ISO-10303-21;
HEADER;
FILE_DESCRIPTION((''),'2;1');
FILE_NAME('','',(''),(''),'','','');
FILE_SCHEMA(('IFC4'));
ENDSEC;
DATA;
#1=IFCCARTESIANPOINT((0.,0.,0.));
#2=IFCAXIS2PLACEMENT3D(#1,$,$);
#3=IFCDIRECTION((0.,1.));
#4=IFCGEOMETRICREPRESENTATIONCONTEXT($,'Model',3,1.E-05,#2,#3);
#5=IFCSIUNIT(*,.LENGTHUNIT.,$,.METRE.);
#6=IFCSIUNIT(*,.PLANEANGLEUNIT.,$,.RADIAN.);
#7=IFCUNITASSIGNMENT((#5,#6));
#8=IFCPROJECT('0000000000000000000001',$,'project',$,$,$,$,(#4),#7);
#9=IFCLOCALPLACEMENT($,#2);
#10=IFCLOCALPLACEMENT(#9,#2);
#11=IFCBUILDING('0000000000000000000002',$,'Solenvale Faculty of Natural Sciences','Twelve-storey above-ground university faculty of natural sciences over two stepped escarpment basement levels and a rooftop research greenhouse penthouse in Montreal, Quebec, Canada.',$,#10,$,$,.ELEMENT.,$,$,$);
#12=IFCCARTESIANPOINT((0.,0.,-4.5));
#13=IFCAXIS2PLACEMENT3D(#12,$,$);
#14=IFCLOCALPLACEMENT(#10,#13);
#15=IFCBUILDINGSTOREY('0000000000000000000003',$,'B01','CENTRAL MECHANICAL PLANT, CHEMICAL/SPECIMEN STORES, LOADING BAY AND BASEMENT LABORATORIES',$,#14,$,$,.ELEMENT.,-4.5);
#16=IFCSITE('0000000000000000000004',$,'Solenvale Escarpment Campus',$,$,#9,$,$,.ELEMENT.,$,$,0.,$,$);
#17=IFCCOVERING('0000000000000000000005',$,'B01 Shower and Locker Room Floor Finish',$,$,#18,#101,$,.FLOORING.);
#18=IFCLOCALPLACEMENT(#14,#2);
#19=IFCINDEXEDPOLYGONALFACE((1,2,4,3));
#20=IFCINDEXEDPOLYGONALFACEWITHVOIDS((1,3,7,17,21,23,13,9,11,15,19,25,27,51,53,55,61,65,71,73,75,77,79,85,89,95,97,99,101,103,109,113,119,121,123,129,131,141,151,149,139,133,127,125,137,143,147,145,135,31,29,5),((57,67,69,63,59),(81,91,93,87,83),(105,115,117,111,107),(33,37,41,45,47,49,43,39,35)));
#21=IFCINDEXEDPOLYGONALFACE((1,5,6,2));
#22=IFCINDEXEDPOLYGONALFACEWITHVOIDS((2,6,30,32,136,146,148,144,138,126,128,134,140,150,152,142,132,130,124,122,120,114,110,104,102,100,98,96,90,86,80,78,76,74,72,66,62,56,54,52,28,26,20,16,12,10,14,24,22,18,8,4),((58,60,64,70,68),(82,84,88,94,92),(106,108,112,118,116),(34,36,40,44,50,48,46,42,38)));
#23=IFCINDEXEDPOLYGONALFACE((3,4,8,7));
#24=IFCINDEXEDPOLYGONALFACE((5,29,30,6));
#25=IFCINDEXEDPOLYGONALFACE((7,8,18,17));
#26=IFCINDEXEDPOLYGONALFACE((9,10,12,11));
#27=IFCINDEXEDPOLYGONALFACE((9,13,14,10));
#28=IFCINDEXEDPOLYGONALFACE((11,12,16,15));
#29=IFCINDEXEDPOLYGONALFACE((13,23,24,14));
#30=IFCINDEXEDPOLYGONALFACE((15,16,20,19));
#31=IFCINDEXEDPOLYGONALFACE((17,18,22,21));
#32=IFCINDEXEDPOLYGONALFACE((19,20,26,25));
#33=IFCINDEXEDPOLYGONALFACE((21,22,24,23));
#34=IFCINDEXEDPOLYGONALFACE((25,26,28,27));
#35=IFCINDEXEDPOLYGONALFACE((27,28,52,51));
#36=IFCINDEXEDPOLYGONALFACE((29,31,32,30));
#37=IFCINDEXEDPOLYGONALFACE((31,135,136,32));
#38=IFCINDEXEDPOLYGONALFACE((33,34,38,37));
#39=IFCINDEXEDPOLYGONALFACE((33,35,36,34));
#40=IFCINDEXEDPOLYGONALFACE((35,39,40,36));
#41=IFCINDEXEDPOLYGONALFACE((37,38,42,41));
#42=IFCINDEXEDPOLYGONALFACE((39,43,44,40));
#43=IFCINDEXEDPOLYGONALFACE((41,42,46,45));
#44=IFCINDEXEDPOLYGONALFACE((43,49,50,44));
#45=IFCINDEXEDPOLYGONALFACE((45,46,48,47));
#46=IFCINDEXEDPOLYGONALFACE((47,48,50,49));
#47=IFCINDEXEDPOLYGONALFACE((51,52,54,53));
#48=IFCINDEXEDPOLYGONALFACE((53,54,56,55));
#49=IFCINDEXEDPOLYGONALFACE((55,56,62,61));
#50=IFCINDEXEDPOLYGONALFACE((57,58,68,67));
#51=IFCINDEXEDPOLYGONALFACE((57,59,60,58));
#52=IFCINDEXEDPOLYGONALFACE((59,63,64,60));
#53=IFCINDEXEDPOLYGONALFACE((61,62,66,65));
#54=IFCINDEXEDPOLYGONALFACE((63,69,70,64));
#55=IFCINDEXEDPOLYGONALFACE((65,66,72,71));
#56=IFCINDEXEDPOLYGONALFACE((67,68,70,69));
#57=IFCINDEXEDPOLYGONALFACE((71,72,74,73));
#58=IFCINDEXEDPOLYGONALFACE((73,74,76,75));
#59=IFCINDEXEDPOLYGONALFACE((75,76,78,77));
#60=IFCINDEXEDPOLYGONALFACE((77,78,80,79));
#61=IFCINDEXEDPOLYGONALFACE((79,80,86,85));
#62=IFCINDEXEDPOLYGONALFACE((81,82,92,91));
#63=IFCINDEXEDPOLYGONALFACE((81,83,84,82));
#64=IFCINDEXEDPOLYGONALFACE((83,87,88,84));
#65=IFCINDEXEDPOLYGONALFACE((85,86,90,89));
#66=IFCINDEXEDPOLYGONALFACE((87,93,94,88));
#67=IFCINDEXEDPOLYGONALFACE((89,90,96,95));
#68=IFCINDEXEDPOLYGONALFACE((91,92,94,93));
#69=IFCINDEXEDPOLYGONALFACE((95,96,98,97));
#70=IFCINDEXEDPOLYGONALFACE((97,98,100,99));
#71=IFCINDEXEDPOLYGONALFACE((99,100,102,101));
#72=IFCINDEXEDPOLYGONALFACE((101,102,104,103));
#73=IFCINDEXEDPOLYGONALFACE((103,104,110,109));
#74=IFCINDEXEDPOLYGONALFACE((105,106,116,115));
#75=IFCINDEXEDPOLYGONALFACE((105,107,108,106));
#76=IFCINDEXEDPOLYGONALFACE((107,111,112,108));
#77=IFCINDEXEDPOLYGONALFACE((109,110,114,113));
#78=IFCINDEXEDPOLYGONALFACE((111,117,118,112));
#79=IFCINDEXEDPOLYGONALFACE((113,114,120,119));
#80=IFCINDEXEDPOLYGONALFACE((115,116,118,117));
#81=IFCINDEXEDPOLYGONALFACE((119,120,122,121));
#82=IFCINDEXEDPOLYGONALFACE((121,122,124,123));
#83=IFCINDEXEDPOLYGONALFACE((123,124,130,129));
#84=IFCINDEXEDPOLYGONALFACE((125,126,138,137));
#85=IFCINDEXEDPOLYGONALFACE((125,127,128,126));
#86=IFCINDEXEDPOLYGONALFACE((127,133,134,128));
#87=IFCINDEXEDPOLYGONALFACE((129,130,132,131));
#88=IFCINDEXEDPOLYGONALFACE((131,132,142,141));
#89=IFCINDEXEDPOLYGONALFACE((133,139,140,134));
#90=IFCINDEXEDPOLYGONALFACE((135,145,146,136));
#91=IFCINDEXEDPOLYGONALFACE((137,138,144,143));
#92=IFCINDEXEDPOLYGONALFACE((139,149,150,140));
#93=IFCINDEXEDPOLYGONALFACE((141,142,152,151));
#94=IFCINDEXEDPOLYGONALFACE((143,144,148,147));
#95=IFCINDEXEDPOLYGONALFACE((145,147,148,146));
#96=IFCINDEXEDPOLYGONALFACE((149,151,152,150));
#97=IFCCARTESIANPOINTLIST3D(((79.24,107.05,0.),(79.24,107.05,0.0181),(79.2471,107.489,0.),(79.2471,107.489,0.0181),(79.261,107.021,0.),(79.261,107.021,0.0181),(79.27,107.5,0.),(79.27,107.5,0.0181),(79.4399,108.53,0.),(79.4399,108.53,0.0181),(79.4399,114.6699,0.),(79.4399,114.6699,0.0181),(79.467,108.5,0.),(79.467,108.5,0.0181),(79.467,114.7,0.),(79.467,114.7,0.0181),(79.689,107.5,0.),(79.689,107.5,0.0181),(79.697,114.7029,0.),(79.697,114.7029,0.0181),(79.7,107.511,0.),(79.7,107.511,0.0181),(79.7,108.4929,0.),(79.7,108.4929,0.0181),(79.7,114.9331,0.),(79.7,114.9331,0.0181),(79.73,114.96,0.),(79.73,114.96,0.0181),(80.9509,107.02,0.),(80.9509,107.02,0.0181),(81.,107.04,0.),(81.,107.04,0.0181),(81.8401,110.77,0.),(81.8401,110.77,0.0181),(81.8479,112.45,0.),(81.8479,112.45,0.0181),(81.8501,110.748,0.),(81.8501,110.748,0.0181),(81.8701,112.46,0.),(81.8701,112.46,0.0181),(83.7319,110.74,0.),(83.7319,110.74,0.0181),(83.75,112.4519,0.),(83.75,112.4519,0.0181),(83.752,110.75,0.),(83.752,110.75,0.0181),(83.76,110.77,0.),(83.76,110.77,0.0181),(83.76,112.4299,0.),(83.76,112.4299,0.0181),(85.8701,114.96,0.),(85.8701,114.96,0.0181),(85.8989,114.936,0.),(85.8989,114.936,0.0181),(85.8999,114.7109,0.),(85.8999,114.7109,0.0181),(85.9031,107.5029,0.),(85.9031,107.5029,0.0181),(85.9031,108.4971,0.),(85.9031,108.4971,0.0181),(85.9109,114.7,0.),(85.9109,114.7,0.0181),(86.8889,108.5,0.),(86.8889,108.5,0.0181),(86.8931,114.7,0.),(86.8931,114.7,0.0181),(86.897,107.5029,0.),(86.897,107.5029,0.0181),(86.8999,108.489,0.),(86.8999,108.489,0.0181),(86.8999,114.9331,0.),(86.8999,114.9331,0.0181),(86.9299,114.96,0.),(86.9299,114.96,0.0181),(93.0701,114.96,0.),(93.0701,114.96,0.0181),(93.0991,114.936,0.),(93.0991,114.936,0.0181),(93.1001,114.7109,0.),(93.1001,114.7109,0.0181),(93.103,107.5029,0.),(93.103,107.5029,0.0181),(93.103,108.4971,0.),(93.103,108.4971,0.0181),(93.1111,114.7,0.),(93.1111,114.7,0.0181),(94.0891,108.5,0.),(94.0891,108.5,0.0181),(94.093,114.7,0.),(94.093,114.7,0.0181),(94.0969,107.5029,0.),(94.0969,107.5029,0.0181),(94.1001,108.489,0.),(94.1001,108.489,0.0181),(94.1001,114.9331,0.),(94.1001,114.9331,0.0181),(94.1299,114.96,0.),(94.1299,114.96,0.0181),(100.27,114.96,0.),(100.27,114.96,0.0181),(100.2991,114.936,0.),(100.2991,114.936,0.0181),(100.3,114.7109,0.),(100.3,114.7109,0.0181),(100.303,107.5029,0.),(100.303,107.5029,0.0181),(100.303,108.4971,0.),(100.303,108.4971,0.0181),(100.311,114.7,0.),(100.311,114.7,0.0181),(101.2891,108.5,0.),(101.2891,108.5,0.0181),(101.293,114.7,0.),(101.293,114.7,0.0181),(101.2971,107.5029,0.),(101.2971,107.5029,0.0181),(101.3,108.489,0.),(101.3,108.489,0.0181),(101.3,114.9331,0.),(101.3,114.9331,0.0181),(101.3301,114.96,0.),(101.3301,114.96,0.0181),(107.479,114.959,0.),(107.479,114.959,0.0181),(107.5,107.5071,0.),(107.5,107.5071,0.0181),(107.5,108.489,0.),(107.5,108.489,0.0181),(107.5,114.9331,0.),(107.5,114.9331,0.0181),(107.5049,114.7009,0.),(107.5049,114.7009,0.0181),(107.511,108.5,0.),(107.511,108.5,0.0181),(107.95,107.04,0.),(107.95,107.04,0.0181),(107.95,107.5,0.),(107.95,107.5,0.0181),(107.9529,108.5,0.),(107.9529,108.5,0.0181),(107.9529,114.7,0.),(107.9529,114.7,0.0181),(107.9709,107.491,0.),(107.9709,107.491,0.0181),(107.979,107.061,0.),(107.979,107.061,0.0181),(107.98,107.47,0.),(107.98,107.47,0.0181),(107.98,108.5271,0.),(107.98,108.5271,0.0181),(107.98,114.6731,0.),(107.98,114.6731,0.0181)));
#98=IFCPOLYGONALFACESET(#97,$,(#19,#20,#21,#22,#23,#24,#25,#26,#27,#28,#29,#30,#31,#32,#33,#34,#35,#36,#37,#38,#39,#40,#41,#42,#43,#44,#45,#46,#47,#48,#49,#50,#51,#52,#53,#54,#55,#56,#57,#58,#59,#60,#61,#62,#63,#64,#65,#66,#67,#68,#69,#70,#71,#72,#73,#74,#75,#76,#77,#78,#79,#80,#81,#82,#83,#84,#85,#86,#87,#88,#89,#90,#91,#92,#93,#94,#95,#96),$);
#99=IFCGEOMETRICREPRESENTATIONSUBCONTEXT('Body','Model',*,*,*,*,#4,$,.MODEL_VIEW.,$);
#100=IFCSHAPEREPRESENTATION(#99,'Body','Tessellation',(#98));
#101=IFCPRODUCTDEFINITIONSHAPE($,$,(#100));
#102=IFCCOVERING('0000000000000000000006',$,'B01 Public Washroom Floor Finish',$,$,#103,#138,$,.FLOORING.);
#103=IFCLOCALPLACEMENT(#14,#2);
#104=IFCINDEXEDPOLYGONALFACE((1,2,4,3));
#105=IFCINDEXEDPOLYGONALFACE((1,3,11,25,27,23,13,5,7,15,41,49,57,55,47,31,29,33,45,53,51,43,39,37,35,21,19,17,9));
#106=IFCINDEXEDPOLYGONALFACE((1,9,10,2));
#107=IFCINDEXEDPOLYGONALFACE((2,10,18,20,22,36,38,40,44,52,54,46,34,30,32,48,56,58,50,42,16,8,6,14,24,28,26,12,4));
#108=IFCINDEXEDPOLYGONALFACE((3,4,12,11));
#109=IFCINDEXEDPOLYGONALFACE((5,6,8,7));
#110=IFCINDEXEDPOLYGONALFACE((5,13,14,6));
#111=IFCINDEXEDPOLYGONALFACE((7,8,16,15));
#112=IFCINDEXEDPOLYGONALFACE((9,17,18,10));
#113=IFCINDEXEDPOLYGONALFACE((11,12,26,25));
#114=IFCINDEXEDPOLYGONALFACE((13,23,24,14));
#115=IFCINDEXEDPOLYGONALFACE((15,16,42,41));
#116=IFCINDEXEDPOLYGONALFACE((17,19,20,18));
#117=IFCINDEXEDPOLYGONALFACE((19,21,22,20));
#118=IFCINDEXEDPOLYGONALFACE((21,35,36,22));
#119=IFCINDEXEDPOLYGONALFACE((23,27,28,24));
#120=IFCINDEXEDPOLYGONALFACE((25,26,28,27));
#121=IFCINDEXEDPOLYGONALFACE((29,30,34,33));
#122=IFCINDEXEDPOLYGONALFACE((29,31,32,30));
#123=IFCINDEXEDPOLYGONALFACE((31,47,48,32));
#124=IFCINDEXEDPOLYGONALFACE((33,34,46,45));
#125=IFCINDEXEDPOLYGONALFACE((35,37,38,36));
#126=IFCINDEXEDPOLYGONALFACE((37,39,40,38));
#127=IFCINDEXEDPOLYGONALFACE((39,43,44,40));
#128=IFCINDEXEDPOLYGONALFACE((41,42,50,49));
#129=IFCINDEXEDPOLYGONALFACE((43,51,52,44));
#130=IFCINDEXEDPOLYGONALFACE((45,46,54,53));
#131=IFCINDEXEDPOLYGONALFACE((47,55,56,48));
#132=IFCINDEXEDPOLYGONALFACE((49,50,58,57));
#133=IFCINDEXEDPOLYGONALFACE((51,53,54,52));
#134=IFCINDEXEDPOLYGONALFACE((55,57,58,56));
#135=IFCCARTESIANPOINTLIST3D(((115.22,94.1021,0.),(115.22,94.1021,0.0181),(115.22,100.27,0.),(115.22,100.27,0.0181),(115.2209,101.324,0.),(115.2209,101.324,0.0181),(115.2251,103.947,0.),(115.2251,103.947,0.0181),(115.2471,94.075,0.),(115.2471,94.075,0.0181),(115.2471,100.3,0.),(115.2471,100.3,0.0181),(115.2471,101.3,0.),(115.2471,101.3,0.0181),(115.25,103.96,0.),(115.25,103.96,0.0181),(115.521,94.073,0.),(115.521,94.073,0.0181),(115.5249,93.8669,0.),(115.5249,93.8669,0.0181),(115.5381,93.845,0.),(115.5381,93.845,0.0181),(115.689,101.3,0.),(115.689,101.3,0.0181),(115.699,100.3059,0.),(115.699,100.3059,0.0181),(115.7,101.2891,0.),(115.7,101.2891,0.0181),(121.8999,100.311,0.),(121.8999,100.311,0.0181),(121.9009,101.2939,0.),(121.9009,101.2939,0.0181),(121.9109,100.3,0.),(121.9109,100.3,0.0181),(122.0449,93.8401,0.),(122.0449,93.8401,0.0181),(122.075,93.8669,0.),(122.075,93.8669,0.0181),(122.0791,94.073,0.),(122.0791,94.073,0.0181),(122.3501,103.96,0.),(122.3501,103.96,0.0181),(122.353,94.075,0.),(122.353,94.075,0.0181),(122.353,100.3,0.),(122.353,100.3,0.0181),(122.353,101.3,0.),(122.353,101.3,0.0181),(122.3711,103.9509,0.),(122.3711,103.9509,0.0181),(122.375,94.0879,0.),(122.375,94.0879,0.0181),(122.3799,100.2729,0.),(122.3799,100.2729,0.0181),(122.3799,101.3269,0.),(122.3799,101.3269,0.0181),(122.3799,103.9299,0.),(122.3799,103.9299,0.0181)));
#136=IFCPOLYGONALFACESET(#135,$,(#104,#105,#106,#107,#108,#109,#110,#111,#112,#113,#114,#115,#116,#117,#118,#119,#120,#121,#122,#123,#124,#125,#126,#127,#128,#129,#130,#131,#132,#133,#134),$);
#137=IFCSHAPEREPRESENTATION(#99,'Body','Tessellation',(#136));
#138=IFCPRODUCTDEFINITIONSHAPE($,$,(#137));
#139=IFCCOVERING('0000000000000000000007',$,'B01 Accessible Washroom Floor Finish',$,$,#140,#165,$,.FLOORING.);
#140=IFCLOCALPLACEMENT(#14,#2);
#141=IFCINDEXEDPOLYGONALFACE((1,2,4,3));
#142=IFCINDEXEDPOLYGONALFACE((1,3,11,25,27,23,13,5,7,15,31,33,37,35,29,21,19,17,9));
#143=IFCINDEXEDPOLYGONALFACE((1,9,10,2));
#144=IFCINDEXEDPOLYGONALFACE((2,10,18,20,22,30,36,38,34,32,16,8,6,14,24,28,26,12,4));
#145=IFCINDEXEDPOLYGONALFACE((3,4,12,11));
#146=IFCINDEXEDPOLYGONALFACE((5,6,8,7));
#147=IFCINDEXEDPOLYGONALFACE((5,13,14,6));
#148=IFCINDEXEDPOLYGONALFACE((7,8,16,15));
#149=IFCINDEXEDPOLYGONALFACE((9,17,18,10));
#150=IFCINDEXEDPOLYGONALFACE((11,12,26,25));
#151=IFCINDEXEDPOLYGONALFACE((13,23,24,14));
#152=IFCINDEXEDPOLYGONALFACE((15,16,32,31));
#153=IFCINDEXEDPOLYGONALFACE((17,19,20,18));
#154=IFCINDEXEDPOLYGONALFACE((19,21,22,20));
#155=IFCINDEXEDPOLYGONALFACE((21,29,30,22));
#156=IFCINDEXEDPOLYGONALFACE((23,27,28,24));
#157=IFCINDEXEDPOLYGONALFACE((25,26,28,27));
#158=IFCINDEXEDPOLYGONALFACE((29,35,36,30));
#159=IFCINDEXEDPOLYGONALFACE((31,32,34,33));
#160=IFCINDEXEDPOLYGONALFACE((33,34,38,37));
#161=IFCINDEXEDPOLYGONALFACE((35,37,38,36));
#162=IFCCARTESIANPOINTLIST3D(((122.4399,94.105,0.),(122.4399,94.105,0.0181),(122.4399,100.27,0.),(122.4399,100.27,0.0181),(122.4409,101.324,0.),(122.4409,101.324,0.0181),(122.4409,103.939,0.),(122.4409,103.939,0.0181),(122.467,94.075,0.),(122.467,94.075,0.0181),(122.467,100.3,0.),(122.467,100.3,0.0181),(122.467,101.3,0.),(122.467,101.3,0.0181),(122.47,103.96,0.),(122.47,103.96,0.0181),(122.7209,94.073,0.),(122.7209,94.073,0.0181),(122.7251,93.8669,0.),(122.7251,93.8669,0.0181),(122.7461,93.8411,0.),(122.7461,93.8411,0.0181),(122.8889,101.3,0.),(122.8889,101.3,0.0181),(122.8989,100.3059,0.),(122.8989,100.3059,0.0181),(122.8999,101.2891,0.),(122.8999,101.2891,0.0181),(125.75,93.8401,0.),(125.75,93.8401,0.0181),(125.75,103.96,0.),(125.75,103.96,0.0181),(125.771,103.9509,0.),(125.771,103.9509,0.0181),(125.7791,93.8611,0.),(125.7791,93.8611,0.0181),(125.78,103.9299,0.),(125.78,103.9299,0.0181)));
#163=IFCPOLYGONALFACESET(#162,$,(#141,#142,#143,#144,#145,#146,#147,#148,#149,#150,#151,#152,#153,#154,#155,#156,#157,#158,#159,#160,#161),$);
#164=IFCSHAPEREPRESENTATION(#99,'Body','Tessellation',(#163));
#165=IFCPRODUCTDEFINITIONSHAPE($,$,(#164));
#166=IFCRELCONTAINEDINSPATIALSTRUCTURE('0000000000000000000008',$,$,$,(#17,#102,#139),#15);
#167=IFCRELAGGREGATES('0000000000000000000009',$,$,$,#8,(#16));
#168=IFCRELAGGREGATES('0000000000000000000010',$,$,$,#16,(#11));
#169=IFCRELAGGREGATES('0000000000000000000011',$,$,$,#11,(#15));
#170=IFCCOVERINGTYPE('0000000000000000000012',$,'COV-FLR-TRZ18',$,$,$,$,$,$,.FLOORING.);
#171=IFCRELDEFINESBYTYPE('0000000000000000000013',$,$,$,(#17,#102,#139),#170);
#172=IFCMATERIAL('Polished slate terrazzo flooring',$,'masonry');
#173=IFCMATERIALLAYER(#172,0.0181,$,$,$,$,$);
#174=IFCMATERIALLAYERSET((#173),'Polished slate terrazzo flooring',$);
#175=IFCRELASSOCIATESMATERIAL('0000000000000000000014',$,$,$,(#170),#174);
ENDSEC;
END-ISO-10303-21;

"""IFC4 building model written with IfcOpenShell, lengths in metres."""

from ifc_helpers import new_model, si_unit, direction, frame, origin, place, context, subcontext, project, spatial, polyline, outline, extrude, material, layer, layer_set, type_object, element, save


model = new_model("IFC4")

# Units and contexts
model_context = context("Model", 3, precision=1e-05, world=origin(), true_north=direction((0.0, 1.0)))
body_context = subcontext(model_context, "Body", "Model", "MODEL_VIEW")
ifc_project = project(units=[si_unit("LENGTHUNIT", "METRE"), si_unit("PLANEANGLEUNIT", "RADIAN")], contexts=[model_context])

# Site, building, storey
site_placement = place(None, origin())
site = spatial("IfcSite", under=ifc_project, at=site_placement, Name="Solenvale Escarpment Campus", CompositionType="ELEMENT", RefElevation=0.0)
building_placement = place(site_placement, origin())
building = spatial("IfcBuilding", under=site, at=building_placement, Name="Solenvale Faculty of Natural Sciences", Description="Twelve-storey above-ground university faculty of natural sciences over two stepped escarpment basement levels and a rooftop research greenhouse penthouse in Montreal, Quebec, Canada.", CompositionType="ELEMENT")
storey_placement = place(building_placement, frame((0.0, 0.0, -4.5)))
storey = spatial("IfcBuildingStorey", under=building, at=storey_placement, Name="B01", Description="CENTRAL MECHANICAL PLANT, CHEMICAL/SPECIMEN STORES, LOADING BAY AND BASEMENT LABORATORIES", CompositionType="ELEMENT", Elevation=-4.5)

# Coverings
ifc_material_1 = material(Name="Polished slate terrazzo flooring", Category="masonry")
ifc_layer_1 = layer(ifc_material_1, 0.0181)
ifc_layer_set_1 = layer_set([ifc_layer_1], Name="Polished slate terrazzo flooring")
covering_type_1 = type_object("IfcCoveringType", Name="COV-FLR-TRZ18", PredefinedType="FLOORING", material=ifc_layer_set_1)
covering_1_placement = place(storey_placement, origin())
element("IfcCovering", 1, at=covering_1_placement, inside=storey, type_object=covering_type_1, Name="B01 Shower and Locker Room Floor Finish", PredefinedType="FLOORING", context=body_context, shape_type="SweptSolid", body=[
    extrude(outline(polyline([(79.4399, 114.6699), (79.467, 114.7), (79.697, 114.7029), (79.7, 114.9331), (79.73, 114.96), (85.8701, 114.96), (85.8989, 114.936), (85.8999, 114.7109), (85.9109, 114.7), (86.8931, 114.7), (86.8999, 114.9331), (86.9299, 114.96), (93.0701, 114.96), (93.0991, 114.936), (93.1001, 114.7109), (93.1111, 114.7), (94.093, 114.7), (94.1001, 114.9331), (94.1299, 114.96), (100.27, 114.96), (100.2991, 114.936), (100.3, 114.7109), (100.311, 114.7), (101.293, 114.7), (101.3, 114.9331), (101.3301, 114.96), (107.479, 114.959), (107.5, 114.9331), (107.5049, 114.7009), (107.9529, 114.7), (107.98, 114.6731), (107.98, 108.5271), (107.9529, 108.5), (107.511, 108.5), (107.5, 108.489), (107.5, 107.5071), (107.95, 107.5), (107.9709, 107.491), (107.98, 107.47), (107.979, 107.061), (107.95, 107.04), (81.0, 107.04), (80.9509, 107.02), (79.261, 107.021), (79.24, 107.05), (79.2471, 107.489), (79.27, 107.5), (79.689, 107.5), (79.7, 107.511), (79.7, 108.4929), (79.467, 108.5), (79.4399, 108.53), (79.4399, 114.6699)]), holes=[polyline([(101.3, 108.489), (101.2891, 108.5), (100.303, 108.4971), (100.303, 107.5029), (101.2971, 107.5029), (101.3, 108.489)]), polyline([(94.1001, 108.489), (94.0891, 108.5), (93.103, 108.4971), (93.103, 107.5029), (94.0969, 107.5029), (94.1001, 108.489)]), polyline([(86.8999, 108.489), (86.8889, 108.5), (85.9031, 108.4971), (85.9031, 107.5029), (86.897, 107.5029), (86.8999, 108.489)]), polyline([(83.7319, 110.74), (83.752, 110.75), (83.76, 110.77), (83.76, 112.4299), (83.75, 112.4519), (81.8701, 112.46), (81.8479, 112.45), (81.8401, 110.77), (81.8501, 110.748), (83.7319, 110.74)])]), origin(), (0.0, 0.0, 1.0), 0.0181),
])
covering_2_placement = place(storey_placement, origin())
element("IfcCovering", 2, at=covering_2_placement, inside=storey, type_object=covering_type_1, Name="B01 Public Washroom Floor Finish", PredefinedType="FLOORING", context=body_context, shape_type="SweptSolid", body=[
    extrude(outline(polyline([(122.3501, 103.96), (122.3711, 103.9509), (122.3799, 103.9299), (122.3799, 101.3269), (122.353, 101.3), (121.9009, 101.2939), (121.8999, 100.311), (121.9109, 100.3), (122.353, 100.3), (122.3799, 100.2729), (122.375, 94.0879), (122.353, 94.075), (122.0791, 94.073), (122.075, 93.8669), (122.0449, 93.8401), (115.5381, 93.845), (115.5249, 93.8669), (115.521, 94.073), (115.2471, 94.075), (115.22, 94.1021), (115.22, 100.27), (115.2471, 100.3), (115.699, 100.3059), (115.7, 101.2891), (115.689, 101.3), (115.2471, 101.3), (115.2209, 101.324), (115.2251, 103.947), (115.25, 103.96), (122.3501, 103.96)])), origin(), (0.0, 0.0, 1.0), 0.0181),
])
covering_3_placement = place(storey_placement, origin())
element("IfcCovering", 3, at=covering_3_placement, inside=storey, type_object=covering_type_1, Name="B01 Accessible Washroom Floor Finish", PredefinedType="FLOORING", context=body_context, shape_type="SweptSolid", body=[
    extrude(outline(polyline([(125.75, 103.96), (125.771, 103.9509), (125.78, 103.9299), (125.7791, 93.8611), (125.75, 93.8401), (122.7461, 93.8411), (122.7251, 93.8669), (122.7209, 94.073), (122.467, 94.075), (122.4399, 94.105), (122.4399, 100.27), (122.467, 100.3), (122.8989, 100.3059), (122.8999, 101.2891), (122.8889, 101.3), (122.467, 101.3), (122.4409, 101.324), (122.4409, 103.939), (122.47, 103.96), (125.75, 103.96)])), origin(), (0.0, 0.0, 1.0), 0.0181),
])

save(model, "model.ifc")
